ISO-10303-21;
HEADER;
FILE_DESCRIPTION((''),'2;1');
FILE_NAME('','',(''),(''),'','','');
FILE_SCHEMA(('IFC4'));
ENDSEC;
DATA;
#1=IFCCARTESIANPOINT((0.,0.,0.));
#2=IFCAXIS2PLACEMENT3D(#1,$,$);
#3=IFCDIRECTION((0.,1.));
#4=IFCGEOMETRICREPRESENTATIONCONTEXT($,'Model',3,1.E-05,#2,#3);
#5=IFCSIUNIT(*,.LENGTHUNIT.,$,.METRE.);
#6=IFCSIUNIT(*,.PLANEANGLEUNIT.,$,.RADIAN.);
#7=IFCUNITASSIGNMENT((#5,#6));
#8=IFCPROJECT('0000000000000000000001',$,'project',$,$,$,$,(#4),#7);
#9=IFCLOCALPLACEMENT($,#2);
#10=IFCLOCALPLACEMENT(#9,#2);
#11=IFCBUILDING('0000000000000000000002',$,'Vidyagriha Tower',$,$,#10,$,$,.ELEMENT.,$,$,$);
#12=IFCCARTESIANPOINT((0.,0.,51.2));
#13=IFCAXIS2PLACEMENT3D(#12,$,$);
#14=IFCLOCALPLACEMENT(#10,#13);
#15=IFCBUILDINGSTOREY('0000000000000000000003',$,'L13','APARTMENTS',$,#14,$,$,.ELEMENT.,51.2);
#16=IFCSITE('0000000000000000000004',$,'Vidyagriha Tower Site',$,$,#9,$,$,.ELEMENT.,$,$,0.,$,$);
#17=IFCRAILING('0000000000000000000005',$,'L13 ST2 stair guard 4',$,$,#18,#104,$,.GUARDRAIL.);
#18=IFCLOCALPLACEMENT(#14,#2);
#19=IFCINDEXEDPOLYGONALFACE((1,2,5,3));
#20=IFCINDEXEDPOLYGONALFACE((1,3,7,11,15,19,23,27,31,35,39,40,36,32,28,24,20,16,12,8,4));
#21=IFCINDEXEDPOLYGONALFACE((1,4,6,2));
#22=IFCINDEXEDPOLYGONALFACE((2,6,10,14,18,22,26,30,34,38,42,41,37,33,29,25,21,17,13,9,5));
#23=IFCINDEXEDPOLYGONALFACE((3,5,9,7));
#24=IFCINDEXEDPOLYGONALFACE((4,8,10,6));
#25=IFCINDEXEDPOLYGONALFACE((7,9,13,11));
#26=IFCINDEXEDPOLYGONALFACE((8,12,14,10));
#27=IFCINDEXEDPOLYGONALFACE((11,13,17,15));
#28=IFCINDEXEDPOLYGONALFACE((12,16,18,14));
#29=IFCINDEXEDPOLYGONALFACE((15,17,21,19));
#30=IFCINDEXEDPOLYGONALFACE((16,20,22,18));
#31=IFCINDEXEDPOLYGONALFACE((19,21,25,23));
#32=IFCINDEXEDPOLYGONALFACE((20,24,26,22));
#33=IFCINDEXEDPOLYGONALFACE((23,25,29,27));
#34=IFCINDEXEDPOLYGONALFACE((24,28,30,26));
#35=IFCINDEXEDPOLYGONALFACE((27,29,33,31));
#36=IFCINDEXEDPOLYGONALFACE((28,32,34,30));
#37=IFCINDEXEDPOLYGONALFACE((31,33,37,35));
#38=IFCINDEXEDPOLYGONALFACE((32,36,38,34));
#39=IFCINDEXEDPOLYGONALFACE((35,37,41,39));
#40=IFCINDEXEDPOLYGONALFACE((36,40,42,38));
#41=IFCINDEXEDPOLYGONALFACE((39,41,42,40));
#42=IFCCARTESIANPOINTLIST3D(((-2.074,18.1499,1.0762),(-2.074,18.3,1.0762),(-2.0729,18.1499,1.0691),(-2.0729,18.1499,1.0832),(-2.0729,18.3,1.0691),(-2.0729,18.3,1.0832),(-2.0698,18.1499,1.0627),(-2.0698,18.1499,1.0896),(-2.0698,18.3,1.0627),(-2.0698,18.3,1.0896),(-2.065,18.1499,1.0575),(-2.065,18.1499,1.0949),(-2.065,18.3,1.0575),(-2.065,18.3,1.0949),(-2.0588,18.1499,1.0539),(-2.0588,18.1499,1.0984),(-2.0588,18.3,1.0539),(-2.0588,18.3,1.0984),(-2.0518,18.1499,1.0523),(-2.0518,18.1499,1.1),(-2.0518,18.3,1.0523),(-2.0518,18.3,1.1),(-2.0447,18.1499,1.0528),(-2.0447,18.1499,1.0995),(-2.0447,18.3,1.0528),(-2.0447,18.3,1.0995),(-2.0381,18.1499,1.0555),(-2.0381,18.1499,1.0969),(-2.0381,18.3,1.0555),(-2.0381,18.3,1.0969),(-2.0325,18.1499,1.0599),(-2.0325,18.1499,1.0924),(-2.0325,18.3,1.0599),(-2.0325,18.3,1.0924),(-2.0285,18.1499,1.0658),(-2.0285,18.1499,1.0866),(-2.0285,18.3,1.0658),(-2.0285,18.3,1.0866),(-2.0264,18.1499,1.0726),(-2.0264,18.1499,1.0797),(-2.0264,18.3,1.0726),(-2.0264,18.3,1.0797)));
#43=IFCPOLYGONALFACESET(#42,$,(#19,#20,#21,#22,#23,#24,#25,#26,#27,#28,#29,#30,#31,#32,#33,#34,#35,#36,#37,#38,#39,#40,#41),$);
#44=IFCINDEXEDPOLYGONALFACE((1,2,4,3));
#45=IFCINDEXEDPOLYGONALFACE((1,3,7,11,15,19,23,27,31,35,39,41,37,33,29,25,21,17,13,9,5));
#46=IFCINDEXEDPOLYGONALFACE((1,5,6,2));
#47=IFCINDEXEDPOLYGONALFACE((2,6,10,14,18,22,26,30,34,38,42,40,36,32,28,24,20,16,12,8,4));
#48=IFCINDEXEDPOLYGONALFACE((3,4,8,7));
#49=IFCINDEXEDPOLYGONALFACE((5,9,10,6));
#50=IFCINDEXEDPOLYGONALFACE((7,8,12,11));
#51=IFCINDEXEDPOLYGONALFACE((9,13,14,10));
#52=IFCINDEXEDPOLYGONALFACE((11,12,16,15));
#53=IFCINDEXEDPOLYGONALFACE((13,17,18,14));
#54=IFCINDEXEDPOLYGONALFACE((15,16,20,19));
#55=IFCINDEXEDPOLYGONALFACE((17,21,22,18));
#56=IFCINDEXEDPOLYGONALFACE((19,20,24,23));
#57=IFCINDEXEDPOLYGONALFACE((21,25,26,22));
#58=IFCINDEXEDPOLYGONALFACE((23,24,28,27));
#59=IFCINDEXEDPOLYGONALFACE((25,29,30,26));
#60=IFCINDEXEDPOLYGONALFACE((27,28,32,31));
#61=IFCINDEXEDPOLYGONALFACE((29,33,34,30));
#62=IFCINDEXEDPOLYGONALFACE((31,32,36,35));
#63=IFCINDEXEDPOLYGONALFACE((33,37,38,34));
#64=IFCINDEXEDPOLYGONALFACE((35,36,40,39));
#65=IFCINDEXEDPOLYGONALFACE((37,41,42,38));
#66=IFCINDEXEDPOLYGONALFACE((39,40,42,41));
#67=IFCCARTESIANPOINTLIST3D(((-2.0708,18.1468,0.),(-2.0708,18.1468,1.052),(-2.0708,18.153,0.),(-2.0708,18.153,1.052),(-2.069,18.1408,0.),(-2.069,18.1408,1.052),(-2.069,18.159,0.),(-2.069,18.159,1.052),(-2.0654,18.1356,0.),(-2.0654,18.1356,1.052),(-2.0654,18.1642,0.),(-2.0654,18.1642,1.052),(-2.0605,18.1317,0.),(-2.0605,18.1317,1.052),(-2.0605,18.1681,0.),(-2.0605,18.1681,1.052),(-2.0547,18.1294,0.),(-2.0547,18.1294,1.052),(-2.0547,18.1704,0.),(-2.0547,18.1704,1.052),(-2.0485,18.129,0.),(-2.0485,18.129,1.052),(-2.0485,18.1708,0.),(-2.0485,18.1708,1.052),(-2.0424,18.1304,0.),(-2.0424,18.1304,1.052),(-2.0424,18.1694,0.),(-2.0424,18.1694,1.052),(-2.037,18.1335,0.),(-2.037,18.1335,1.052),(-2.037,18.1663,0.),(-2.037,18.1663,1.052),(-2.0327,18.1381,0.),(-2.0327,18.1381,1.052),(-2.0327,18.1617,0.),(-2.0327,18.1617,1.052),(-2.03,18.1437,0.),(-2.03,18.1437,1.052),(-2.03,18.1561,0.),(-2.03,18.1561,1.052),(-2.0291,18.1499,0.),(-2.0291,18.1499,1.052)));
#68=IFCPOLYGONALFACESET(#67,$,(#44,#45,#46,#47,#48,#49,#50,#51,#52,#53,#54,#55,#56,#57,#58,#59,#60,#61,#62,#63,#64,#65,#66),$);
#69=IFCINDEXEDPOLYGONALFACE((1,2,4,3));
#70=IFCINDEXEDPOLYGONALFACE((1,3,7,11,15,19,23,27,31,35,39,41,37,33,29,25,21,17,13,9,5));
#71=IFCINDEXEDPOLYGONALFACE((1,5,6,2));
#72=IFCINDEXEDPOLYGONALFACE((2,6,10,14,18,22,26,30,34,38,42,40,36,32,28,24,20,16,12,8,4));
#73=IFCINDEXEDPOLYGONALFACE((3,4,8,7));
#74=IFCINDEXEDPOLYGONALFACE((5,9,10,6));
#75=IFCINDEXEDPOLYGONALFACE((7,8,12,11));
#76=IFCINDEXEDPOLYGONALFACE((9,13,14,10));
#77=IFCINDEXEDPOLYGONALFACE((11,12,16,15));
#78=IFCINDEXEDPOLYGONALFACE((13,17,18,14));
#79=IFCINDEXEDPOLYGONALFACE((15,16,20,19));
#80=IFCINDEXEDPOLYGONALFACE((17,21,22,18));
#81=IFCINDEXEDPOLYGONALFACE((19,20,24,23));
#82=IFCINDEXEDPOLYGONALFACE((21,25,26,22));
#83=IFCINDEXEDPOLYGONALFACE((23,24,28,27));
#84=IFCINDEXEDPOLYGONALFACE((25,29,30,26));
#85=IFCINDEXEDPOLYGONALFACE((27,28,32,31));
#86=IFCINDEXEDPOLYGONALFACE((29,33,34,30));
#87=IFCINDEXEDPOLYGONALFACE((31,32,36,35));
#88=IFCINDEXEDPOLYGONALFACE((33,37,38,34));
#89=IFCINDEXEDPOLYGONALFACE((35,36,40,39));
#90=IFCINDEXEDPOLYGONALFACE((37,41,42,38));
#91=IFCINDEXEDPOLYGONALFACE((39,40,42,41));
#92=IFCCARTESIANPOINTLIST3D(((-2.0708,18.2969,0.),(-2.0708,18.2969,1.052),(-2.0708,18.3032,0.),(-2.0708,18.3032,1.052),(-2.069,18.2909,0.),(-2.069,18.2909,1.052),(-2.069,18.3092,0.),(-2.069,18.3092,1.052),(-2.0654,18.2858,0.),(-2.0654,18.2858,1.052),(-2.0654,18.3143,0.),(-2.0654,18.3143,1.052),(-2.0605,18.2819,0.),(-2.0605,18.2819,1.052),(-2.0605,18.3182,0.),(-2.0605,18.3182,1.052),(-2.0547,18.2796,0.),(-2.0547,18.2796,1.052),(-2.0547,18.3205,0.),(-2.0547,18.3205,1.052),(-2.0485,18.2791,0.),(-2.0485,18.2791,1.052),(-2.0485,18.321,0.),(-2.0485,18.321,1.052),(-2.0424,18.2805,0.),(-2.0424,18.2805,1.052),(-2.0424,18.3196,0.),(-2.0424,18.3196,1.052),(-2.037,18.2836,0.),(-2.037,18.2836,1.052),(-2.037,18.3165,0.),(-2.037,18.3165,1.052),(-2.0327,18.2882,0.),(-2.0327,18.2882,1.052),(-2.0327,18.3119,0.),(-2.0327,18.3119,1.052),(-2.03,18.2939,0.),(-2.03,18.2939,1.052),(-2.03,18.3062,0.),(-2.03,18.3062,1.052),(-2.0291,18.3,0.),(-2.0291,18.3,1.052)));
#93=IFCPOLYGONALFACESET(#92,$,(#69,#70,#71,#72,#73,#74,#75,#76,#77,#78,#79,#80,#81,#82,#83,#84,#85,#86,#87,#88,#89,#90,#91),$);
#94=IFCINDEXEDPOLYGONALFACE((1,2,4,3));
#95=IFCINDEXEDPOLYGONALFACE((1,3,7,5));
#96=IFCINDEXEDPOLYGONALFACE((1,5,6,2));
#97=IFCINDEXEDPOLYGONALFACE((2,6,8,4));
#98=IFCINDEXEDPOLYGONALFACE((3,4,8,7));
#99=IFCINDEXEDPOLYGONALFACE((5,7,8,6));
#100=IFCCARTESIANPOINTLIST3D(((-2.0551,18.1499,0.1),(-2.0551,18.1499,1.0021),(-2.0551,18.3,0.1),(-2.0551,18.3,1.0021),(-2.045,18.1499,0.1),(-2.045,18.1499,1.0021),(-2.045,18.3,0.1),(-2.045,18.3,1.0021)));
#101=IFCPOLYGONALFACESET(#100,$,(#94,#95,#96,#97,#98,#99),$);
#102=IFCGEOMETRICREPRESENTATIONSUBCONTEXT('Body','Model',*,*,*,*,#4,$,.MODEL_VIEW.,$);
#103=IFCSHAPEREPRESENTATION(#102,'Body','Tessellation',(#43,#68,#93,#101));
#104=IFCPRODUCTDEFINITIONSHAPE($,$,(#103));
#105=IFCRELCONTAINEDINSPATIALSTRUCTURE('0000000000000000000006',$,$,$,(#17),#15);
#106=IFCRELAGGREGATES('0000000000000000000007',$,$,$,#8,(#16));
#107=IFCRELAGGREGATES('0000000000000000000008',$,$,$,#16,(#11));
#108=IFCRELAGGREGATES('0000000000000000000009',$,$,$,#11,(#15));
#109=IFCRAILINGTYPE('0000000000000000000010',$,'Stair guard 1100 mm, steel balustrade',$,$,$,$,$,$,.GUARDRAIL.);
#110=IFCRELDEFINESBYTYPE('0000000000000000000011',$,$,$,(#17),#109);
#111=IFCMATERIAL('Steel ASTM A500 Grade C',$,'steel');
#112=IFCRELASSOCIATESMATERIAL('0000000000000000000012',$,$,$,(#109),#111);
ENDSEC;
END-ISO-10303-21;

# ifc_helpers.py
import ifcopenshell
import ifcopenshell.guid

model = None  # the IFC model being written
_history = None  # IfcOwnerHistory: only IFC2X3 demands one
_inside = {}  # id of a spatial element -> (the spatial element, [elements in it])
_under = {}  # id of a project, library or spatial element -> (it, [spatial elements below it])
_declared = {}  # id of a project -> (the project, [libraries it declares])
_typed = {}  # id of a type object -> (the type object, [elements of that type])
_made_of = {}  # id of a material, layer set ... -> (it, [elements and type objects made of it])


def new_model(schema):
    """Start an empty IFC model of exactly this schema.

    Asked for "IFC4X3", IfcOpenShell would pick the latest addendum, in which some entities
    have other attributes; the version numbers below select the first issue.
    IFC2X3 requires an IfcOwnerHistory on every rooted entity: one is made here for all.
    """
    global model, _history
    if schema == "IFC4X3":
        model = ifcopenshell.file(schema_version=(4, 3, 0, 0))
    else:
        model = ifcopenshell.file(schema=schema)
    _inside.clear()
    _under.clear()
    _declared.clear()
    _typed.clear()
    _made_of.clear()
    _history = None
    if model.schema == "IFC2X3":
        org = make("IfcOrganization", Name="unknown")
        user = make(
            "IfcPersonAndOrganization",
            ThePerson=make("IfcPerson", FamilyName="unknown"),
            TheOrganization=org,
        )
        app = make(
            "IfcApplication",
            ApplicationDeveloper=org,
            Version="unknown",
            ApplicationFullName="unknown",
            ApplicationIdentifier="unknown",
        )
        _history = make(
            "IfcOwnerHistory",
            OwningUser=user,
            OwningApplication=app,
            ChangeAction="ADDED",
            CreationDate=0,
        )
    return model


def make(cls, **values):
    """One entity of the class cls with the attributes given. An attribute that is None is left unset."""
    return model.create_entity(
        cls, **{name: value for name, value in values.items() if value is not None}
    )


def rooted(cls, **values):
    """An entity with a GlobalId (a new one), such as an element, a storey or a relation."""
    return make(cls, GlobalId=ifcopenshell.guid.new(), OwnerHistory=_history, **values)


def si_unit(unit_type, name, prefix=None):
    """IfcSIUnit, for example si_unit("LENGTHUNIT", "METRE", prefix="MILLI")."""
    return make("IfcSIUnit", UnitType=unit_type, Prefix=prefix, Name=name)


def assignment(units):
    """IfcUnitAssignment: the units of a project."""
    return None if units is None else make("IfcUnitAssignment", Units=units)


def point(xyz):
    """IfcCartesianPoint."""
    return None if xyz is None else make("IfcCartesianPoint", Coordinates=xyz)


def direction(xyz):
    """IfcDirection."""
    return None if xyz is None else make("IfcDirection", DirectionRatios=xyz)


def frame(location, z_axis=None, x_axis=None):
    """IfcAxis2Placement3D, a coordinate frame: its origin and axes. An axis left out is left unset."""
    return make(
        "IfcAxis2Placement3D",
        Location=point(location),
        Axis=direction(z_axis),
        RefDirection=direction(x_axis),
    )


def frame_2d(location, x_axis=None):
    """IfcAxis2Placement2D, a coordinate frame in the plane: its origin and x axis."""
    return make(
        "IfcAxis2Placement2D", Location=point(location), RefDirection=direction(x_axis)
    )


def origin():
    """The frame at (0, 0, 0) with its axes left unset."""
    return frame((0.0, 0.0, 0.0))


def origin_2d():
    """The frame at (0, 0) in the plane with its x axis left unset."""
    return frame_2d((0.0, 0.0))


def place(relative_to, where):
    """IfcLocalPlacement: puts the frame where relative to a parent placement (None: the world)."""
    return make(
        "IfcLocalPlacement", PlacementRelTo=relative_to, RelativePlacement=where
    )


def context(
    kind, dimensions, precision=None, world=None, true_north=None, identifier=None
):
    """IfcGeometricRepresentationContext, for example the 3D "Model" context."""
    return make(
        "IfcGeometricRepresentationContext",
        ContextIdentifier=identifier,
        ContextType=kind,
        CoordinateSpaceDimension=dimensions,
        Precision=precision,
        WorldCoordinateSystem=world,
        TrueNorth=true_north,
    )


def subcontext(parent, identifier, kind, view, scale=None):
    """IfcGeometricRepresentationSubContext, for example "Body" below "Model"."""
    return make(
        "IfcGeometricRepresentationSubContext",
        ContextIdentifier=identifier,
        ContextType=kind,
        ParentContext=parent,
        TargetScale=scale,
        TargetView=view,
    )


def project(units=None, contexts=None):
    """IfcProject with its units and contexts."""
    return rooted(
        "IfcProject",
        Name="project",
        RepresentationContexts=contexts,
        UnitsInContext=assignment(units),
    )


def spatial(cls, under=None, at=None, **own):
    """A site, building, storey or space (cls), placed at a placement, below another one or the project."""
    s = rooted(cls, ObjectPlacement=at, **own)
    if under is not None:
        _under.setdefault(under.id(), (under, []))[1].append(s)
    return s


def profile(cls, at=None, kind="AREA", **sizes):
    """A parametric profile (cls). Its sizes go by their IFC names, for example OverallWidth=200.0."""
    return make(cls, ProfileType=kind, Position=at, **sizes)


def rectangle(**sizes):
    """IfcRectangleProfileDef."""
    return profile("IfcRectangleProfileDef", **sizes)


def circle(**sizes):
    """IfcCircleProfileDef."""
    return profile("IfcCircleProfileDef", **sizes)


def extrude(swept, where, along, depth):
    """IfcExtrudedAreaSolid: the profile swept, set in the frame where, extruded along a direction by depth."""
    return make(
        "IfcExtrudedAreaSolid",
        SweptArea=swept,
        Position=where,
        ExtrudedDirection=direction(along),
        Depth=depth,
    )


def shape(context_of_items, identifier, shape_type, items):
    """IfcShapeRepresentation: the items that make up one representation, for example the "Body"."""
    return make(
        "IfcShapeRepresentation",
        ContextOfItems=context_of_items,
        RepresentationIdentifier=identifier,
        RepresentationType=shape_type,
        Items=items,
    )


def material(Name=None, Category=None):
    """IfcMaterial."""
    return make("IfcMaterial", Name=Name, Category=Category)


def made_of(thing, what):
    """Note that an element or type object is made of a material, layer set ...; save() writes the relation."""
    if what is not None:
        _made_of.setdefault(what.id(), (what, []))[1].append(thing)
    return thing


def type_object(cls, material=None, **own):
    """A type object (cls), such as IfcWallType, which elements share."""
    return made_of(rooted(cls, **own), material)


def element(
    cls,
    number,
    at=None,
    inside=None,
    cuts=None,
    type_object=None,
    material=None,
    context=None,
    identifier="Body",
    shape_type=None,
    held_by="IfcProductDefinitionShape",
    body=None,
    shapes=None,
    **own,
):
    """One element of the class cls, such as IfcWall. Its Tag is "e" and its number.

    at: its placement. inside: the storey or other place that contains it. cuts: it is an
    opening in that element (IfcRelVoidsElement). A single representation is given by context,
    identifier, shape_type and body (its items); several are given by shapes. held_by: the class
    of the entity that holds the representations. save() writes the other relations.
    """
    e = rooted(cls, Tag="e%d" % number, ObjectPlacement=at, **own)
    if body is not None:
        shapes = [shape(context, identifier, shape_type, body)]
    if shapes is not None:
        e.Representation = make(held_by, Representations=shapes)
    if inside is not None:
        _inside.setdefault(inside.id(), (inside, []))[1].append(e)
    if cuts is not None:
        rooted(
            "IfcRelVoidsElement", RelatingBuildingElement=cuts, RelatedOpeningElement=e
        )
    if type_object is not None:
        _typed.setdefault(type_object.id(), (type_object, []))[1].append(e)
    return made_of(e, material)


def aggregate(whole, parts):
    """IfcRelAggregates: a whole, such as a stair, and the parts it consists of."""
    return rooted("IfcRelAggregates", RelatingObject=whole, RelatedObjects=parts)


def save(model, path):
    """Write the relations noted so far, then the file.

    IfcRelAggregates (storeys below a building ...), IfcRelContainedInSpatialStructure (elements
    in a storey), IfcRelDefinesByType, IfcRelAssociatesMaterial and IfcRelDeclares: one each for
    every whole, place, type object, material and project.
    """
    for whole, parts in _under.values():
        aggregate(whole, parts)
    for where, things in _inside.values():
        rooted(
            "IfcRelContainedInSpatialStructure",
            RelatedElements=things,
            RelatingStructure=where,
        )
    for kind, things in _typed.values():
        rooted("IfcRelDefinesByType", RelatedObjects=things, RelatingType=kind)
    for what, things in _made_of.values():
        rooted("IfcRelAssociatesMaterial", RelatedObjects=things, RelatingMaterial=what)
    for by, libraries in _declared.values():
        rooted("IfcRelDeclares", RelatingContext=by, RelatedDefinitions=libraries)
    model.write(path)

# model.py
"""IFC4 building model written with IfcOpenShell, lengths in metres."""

from ifc_helpers import new_model, si_unit, direction, frame, origin, origin_2d, place, context, subcontext, project, spatial, rectangle, circle, extrude, material, type_object, element, save


model = new_model("IFC4")

# Units and contexts
model_context = context("Model", 3, precision=1e-05, world=origin(), true_north=direction((0.0, 1.0)))
body_context = subcontext(model_context, "Body", "Model", "MODEL_VIEW")
ifc_project = project(units=[si_unit("LENGTHUNIT", "METRE"), si_unit("PLANEANGLEUNIT", "RADIAN")], contexts=[model_context])

# Site, building, storey
site_placement = place(None, origin())
site = spatial("IfcSite", under=ifc_project, at=site_placement, Name="Vidyagriha Tower Site", CompositionType="ELEMENT", RefElevation=0.0)
building_placement = place(site_placement, origin())
building = spatial("IfcBuilding", under=site, at=building_placement, Name="Vidyagriha Tower", CompositionType="ELEMENT")
storey_placement = place(building_placement, frame((0.0, 0.0, 51.2)))
storey = spatial("IfcBuildingStorey", under=building, at=storey_placement, Name="L13", Description="APARTMENTS", CompositionType="ELEMENT", Elevation=51.2)

# Railing
ifc_material_1 = material(Name="Steel ASTM A500 Grade C", Category="steel")
railing_type_1 = type_object("IfcRailingType", Name="Stair guard 1100 mm, steel balustrade", PredefinedType="GUARDRAIL", material=ifc_material_1)
railing_1_placement = place(storey_placement, frame((-2.05, 18.1499, 0.0)))
element("IfcRailing", 1, at=railing_1_placement, inside=storey, type_object=railing_type_1, Name="L13 ST2 stair guard 4", PredefinedType="GUARDRAIL", context=body_context, shape_type="SweptSolid", body=[
    extrude(circle(Radius=0.0239, at=origin_2d()), frame((0.0, 0.0, 1.0762), z_axis=(0.0, 1.0, 0.0), x_axis=(-1.0, 0.0, 0.0)), (0.0, 0.0, 1.0), 0.1501),
    extrude(circle(Radius=0.021, at=origin_2d()), origin(), (0.0, 0.0, 1.0), 1.052),
    extrude(circle(Radius=0.021, at=origin_2d()), frame((0.0, 0.1501, 0.0)), (0.0, 0.0, 1.0), 1.052),
    extrude(rectangle(XDim=0.01, YDim=0.9021, at=origin_2d()), frame((0.0, 0.0, 0.551), z_axis=(0.0, 1.0, 0.0), x_axis=(-1.0, 0.0, 0.0)), (0.0, 0.0, 1.0), 0.1501),
])

save(model, "model.ifc")
